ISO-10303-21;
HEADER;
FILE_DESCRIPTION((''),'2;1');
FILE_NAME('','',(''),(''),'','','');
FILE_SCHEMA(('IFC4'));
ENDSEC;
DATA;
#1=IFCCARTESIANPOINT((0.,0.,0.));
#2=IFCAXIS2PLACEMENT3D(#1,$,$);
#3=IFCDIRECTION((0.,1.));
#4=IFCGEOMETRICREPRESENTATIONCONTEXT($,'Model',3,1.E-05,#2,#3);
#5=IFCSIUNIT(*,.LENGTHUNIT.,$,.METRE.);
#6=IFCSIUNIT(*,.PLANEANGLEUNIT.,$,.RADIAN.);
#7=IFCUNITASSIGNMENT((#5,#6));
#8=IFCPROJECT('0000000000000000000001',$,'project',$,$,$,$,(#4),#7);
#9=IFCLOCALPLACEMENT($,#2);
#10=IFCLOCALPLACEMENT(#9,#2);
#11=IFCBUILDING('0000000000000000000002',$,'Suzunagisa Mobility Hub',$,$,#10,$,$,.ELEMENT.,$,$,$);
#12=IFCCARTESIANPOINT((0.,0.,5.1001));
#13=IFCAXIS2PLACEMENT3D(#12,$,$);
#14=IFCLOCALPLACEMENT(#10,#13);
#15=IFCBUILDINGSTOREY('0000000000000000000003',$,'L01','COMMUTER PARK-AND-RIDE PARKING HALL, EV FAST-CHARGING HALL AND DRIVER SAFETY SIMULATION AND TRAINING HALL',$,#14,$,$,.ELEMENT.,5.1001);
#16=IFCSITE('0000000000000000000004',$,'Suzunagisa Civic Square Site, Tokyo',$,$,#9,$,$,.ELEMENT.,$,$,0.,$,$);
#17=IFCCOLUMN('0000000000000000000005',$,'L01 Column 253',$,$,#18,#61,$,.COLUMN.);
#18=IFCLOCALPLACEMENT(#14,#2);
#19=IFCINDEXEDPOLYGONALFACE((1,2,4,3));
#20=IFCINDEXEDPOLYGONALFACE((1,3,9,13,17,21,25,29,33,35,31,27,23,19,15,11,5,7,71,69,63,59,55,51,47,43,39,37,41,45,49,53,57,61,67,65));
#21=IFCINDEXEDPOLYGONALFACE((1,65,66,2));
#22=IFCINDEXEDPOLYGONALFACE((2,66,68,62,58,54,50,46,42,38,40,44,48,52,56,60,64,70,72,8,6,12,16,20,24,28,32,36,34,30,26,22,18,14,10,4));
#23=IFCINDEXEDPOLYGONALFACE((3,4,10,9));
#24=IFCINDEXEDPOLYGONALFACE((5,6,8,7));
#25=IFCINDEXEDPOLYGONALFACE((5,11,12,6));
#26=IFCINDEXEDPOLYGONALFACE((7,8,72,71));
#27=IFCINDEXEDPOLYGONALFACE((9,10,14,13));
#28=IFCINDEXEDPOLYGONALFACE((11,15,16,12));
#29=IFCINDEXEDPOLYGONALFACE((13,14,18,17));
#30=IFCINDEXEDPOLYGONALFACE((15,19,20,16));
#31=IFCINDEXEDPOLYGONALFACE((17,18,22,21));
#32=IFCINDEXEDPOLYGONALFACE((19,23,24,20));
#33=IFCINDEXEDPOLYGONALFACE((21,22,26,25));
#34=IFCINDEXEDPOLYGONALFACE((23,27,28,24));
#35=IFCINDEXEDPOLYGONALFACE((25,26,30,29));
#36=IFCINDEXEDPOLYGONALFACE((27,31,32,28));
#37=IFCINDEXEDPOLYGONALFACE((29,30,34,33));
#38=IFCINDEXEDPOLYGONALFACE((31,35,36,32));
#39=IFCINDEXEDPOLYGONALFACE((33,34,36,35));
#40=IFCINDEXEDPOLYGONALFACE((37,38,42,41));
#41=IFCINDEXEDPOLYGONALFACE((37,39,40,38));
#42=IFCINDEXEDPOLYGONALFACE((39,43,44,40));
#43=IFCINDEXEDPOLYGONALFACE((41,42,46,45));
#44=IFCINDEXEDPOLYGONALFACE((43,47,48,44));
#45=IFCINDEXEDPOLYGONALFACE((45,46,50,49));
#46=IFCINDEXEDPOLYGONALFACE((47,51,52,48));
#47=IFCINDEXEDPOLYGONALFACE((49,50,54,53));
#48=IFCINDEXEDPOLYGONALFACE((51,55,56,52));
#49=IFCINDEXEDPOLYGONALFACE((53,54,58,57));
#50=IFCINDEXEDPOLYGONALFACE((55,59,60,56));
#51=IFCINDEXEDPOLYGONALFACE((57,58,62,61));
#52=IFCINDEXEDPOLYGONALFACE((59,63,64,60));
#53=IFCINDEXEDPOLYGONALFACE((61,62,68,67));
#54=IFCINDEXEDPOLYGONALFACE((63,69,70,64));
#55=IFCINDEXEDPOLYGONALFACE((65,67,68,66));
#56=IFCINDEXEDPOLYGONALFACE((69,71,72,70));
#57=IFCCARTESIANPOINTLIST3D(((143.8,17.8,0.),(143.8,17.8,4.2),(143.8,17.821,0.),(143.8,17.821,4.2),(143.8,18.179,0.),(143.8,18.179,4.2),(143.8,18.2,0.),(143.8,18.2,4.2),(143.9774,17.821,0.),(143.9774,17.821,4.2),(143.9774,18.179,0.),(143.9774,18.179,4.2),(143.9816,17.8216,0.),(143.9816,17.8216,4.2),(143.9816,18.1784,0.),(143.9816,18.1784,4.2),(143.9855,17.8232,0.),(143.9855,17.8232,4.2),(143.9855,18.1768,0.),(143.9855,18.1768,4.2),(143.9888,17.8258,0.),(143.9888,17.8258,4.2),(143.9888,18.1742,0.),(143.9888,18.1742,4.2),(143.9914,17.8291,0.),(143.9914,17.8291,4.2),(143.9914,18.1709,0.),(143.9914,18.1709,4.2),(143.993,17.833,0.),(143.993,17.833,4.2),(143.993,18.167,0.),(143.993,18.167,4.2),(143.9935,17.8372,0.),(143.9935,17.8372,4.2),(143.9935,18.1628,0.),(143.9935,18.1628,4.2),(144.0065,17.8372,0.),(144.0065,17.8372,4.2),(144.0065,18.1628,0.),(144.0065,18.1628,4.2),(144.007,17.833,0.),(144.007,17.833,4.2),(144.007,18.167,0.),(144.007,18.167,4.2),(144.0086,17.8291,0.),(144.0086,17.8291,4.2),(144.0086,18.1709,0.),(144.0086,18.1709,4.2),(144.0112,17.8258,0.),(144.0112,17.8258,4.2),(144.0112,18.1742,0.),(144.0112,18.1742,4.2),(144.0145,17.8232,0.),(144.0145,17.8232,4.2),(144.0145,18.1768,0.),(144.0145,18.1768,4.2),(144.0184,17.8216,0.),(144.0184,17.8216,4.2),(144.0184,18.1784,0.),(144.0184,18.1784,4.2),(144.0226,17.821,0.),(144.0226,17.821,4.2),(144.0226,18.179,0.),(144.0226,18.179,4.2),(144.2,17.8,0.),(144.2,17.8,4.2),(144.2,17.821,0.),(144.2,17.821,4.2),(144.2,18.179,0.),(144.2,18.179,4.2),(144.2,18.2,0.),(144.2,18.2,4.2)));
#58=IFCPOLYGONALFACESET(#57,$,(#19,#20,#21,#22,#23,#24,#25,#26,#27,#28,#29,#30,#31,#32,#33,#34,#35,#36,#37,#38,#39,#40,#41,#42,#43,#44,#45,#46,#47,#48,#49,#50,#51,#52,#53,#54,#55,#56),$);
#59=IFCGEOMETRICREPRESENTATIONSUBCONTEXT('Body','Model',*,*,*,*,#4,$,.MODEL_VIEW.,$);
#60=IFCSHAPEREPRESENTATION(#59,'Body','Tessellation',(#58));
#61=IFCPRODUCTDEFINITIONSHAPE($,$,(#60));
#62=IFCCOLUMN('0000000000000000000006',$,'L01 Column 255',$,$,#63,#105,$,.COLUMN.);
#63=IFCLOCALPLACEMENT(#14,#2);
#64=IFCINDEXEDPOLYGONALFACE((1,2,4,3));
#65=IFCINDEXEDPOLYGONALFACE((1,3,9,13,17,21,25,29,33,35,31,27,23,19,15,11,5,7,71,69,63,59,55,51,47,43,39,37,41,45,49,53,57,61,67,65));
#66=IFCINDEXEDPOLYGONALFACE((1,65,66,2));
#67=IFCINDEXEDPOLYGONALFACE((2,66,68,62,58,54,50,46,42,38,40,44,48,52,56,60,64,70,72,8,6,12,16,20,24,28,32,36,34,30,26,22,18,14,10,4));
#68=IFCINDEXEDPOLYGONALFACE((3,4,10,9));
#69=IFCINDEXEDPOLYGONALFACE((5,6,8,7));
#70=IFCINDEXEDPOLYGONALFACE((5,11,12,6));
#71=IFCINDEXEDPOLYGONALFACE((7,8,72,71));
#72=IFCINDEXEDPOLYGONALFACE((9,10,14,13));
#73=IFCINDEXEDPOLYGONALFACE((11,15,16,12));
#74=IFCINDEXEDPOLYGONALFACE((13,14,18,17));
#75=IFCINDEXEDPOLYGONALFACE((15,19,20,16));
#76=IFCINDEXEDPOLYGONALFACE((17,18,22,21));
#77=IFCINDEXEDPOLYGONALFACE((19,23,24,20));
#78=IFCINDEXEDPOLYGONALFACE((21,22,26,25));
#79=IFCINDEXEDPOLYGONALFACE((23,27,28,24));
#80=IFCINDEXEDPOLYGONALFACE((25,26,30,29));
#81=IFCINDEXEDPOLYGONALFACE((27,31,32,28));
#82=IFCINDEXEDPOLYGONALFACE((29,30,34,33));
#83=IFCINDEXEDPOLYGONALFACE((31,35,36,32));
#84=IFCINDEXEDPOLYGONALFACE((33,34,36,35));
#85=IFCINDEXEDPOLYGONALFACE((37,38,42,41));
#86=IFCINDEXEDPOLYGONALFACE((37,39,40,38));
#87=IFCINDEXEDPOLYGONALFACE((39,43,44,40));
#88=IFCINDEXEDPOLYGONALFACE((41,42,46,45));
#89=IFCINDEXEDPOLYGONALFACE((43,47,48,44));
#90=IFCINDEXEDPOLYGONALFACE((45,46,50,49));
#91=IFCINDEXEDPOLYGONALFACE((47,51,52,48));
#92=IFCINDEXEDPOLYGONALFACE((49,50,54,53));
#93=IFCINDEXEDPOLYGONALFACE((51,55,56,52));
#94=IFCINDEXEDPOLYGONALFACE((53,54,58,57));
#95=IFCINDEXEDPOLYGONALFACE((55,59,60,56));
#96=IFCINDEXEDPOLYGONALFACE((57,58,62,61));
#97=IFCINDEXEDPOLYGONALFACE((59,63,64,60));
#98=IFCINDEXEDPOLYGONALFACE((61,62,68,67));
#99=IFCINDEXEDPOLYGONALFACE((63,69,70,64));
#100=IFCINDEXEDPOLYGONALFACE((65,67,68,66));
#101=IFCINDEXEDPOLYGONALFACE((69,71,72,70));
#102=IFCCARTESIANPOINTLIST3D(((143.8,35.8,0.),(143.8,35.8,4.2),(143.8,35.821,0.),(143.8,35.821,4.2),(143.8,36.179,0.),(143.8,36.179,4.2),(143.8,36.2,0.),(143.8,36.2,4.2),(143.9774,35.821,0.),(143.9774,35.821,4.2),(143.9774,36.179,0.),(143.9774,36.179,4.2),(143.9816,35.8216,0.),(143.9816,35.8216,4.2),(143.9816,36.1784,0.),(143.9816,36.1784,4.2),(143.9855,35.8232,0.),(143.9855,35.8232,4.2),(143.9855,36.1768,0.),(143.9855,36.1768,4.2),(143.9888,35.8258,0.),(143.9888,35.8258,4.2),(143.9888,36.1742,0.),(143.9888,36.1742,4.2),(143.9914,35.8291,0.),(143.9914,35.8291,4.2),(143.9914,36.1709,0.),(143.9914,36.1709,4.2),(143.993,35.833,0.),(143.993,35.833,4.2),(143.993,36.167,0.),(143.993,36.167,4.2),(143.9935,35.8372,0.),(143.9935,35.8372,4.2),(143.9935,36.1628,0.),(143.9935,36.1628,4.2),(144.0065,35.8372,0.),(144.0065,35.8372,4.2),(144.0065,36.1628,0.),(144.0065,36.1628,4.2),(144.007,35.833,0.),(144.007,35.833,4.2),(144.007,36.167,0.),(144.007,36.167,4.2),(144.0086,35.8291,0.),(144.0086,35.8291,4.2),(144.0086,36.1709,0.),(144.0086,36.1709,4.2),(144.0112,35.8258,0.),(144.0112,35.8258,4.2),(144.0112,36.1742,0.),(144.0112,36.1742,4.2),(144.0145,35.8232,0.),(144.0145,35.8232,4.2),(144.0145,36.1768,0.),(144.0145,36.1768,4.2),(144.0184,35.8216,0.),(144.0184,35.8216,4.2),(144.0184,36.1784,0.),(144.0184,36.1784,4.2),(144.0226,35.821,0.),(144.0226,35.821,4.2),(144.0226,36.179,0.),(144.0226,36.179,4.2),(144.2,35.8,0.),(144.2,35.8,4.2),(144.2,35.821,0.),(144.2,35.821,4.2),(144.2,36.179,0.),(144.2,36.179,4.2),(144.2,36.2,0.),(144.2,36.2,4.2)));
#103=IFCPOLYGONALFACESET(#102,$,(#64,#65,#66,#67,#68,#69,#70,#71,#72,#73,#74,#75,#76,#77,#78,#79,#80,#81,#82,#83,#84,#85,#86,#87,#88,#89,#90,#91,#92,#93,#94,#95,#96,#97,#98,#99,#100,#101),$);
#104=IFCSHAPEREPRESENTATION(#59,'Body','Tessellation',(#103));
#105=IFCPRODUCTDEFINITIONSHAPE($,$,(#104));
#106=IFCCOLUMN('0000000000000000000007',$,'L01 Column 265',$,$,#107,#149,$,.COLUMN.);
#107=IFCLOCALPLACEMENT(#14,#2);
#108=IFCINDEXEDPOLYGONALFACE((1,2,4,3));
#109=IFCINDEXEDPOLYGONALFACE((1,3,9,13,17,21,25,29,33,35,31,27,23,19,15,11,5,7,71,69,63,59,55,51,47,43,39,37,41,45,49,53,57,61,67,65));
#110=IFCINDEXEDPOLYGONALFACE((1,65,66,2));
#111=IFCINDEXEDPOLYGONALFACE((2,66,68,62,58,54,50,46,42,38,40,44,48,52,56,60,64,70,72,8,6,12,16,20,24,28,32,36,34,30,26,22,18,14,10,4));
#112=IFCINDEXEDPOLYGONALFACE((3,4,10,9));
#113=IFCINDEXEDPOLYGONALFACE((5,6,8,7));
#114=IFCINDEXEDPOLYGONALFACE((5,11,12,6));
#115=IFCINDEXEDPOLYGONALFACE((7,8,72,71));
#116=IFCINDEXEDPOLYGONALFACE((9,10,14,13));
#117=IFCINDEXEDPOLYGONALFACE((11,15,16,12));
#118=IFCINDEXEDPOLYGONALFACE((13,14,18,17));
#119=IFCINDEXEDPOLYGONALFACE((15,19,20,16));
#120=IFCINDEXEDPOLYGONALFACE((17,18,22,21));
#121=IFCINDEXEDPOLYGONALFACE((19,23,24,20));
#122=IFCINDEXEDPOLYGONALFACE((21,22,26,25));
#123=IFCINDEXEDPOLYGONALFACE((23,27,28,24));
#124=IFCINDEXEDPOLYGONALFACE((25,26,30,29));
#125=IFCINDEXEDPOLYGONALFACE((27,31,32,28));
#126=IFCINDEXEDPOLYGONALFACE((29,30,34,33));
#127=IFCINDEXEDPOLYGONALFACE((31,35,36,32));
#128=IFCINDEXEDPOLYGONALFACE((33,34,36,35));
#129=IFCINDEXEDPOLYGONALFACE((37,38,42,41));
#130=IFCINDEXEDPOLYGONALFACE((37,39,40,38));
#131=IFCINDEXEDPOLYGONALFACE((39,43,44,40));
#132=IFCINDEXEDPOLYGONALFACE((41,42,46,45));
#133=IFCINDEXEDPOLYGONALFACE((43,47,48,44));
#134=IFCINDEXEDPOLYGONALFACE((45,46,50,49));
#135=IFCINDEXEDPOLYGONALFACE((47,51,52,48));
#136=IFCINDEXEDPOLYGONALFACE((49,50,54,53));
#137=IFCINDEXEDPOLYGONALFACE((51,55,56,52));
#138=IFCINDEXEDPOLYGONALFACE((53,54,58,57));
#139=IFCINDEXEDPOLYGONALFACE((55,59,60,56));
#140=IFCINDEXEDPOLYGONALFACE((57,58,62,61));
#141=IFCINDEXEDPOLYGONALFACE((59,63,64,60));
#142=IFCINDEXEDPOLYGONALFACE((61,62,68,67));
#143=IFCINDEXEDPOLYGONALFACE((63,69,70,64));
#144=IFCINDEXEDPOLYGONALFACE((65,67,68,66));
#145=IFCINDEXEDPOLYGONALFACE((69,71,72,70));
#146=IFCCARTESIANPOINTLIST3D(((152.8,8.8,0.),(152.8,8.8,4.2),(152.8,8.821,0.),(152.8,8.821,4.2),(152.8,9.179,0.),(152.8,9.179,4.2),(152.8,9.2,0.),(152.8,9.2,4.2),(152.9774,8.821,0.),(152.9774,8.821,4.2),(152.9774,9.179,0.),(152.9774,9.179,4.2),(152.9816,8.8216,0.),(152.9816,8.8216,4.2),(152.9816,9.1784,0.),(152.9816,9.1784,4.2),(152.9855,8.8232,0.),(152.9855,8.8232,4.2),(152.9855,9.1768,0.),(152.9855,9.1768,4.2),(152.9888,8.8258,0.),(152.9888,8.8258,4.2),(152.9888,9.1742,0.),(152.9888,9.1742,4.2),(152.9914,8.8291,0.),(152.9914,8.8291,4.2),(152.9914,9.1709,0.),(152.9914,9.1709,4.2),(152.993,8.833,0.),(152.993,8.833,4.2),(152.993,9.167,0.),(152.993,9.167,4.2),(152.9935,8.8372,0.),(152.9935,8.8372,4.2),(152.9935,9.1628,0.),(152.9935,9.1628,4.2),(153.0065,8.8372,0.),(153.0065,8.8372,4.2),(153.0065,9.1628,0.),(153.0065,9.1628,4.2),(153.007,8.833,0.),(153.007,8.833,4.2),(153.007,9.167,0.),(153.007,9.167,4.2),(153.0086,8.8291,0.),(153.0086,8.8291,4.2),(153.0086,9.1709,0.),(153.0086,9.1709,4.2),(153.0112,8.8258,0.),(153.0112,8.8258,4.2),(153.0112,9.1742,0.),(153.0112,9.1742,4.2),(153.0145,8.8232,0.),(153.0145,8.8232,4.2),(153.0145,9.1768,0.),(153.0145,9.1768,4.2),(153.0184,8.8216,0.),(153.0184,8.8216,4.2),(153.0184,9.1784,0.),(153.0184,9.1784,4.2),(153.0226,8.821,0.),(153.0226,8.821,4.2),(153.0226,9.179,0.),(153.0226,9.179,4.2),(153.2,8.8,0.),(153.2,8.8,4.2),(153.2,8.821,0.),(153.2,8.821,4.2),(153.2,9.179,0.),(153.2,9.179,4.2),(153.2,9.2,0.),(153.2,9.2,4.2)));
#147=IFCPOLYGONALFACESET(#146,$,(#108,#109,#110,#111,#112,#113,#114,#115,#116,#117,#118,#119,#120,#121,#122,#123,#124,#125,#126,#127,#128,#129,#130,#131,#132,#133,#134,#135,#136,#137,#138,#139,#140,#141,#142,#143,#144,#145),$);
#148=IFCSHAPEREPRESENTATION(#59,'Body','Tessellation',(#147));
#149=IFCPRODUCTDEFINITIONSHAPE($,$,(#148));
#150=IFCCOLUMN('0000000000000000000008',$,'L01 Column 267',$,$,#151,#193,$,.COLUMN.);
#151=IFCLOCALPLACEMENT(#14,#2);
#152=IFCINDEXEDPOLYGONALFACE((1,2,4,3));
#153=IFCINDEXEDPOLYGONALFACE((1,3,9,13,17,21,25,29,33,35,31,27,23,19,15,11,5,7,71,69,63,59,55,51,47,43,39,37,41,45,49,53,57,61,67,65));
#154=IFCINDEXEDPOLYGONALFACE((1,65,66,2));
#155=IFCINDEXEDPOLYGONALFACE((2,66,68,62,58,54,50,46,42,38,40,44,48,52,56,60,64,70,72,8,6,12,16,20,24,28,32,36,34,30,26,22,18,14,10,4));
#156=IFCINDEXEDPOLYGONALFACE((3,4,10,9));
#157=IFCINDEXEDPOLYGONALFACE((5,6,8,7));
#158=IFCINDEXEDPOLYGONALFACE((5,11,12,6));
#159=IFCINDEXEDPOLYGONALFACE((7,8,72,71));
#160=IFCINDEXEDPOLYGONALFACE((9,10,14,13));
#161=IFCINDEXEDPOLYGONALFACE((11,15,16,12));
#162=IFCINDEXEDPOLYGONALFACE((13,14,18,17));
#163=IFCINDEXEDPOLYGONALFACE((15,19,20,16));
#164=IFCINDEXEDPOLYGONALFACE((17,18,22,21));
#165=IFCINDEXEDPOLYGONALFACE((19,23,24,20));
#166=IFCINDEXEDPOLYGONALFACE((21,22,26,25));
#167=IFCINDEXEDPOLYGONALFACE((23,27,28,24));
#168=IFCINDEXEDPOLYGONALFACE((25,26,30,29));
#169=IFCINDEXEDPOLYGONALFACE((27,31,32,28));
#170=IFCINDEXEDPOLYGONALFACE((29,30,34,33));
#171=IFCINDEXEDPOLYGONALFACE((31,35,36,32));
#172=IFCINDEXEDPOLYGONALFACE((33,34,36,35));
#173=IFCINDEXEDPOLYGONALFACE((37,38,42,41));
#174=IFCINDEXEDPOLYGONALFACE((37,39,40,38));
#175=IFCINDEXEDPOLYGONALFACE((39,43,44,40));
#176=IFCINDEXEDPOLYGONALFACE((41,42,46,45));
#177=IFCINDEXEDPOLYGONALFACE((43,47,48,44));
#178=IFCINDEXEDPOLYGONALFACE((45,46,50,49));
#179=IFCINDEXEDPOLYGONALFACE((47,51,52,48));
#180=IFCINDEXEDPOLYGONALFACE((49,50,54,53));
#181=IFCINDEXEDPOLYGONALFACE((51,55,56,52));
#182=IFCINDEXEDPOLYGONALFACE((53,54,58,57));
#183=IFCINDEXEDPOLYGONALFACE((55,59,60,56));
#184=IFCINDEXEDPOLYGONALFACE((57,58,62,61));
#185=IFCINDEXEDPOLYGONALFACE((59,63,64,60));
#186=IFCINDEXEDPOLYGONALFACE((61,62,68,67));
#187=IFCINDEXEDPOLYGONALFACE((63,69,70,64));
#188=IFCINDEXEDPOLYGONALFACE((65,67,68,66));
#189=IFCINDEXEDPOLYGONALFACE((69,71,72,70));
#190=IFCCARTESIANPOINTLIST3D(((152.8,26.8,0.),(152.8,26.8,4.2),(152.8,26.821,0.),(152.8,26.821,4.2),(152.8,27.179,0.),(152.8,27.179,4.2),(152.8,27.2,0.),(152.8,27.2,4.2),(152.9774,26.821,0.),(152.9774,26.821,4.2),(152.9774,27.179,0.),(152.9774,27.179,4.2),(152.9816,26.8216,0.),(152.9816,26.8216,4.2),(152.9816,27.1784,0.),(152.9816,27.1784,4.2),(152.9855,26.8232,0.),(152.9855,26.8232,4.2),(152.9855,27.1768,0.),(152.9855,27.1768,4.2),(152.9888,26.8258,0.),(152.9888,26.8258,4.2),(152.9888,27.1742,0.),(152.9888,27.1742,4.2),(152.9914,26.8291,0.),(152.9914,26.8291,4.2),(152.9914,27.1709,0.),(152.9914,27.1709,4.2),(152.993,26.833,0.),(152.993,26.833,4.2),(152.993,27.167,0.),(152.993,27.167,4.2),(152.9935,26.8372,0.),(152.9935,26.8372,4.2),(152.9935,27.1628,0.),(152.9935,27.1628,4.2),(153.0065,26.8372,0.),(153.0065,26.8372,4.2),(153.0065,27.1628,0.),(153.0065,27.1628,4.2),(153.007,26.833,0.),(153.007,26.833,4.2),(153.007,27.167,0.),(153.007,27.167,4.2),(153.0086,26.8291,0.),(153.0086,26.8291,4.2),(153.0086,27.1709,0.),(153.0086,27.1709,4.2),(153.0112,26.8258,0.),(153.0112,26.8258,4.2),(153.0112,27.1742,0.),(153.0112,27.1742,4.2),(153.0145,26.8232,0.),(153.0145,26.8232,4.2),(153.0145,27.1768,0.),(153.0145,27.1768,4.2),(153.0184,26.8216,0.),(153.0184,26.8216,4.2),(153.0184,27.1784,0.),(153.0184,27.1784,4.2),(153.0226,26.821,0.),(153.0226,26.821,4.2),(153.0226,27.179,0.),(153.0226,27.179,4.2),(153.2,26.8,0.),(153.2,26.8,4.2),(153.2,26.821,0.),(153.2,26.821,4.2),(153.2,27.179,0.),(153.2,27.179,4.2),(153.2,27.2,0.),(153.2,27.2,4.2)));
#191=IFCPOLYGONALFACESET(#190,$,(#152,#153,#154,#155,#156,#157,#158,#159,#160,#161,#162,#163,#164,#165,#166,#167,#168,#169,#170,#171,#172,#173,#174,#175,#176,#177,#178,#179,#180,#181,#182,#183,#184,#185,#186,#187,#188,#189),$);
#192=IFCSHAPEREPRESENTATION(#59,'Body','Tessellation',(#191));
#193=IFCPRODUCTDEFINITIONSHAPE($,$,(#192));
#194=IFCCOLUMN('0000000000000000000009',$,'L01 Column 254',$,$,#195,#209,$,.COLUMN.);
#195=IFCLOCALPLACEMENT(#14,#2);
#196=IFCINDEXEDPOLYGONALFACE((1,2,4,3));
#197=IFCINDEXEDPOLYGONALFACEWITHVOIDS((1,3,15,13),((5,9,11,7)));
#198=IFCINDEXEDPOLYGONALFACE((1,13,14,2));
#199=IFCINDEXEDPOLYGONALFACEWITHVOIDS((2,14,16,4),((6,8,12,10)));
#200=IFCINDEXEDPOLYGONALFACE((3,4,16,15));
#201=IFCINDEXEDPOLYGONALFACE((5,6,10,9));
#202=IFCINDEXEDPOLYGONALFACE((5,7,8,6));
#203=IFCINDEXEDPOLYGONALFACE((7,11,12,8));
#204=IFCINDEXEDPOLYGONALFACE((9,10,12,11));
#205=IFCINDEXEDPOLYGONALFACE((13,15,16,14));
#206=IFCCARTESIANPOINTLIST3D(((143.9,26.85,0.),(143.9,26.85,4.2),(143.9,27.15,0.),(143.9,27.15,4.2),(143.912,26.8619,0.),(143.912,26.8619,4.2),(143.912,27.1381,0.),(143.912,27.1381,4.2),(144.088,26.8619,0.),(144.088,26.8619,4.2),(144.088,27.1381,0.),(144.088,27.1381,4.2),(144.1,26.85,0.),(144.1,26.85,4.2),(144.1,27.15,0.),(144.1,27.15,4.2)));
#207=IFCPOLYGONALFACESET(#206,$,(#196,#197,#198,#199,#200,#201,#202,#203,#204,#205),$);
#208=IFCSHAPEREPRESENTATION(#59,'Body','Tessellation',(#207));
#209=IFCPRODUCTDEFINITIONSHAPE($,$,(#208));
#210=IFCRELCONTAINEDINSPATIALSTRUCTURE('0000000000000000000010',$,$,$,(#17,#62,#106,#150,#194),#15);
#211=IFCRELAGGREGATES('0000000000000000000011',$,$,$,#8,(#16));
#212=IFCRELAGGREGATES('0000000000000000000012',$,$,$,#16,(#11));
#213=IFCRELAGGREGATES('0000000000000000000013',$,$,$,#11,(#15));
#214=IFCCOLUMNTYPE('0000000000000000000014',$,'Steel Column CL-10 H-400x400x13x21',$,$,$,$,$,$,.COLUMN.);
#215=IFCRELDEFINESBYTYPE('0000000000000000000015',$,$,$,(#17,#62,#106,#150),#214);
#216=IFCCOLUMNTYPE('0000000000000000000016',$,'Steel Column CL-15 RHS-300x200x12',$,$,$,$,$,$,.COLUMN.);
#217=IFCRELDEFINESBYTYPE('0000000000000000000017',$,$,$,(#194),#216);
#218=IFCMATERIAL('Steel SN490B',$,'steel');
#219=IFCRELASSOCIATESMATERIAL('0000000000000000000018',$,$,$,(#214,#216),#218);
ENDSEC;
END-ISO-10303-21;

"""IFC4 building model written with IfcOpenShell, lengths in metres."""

from ifc_helpers import new_model, si_unit, direction, frame, origin, origin_2d, place, context, subcontext, project, spatial, hollow_rectangle, i_section, extrude, material, material_profile, profile_set, type_object, element, save


model = new_model("IFC4")

# Units and contexts
model_context = context("Model", 3, precision=1e-05, world=origin(), true_north=direction((0.0, 1.0)))
body_context = subcontext(model_context, "Body", "Model", "MODEL_VIEW")
ifc_project = project(units=[si_unit("LENGTHUNIT", "METRE"), si_unit("PLANEANGLEUNIT", "RADIAN")], contexts=[model_context])

# Site, building, storey
site_placement = place(None, origin())
site = spatial("IfcSite", under=ifc_project, at=site_placement, Name="Suzunagisa Civic Square Site, Tokyo", CompositionType="ELEMENT", RefElevation=0.0)
building_placement = place(site_placement, origin())
building = spatial("IfcBuilding", under=site, at=building_placement, Name="Suzunagisa Mobility Hub", CompositionType="ELEMENT")
storey_placement = place(building_placement, frame((0.0, 0.0, 5.1001)))
storey = spatial("IfcBuildingStorey", under=building, at=storey_placement, Name="L01", Description="COMMUTER PARK-AND-RIDE PARKING HALL, EV FAST-CHARGING HALL AND DRIVER SAFETY SIMULATION AND TRAINING HALL", CompositionType="ELEMENT", Elevation=5.1001)

# Columns
ifc_material_1 = material(Name="Steel SN490B", Category="steel")
ifc_material_profile_1 = material_profile(ifc_material_1, i_section(OverallWidth=0.3999, OverallDepth=0.3999, WebThickness=0.0129, FlangeThickness=0.021, FilletRadius=0.0161, at=origin_2d()), Name="H-400x400x13x21")
ifc_profile_set_1 = profile_set([ifc_material_profile_1], Name="Steel SN490B")
column_type_1 = type_object("IfcColumnType", Name="Steel Column CL-10 H-400x400x13x21", PredefinedType="COLUMN", material=ifc_profile_set_1)
for number, where, z_axis, x_axis, name in (
    (1, (144.0, 18.0, 0.0), (0.0, 0.0, 1.0), (1.0, 0.0, 0.0), "L01 Column 253"),
    (2, (144.0, 36.0, 0.0), (0.0, 0.0, 1.0), (1.0, 0.0, 0.0), "L01 Column 255"),
    (3, (153.0, 9.0, 0.0), (0.0, 0.0, 1.0), (1.0, 0.0, 0.0), "L01 Column 265"),
    (4, (153.0, 27.0, 0.0), (0.0, 0.0, 1.0), (1.0, 0.0, 0.0), "L01 Column 267"),
):
    element("IfcColumn", number, at=place(storey_placement, frame(where, z_axis=z_axis, x_axis=x_axis)), inside=storey, type_object=column_type_1, Name=name, PredefinedType="COLUMN", context=body_context, shape_type="SweptSolid", body=[
        extrude(i_section(OverallWidth=0.3999, OverallDepth=0.3999, WebThickness=0.0129, FlangeThickness=0.021, FilletRadius=0.0161, at=origin_2d()), origin(), (0.0, 0.0, 1.0), 4.2),
    ])
ifc_material_profile_2 = material_profile(ifc_material_1, hollow_rectangle(XDim=0.2, YDim=0.3, WallThickness=0.012, at=origin_2d()), Name="RHS-300x200x12")
ifc_profile_set_2 = profile_set([ifc_material_profile_2], Name="Steel SN490B")
column_type_2 = type_object("IfcColumnType", Name="Steel Column CL-15 RHS-300x200x12", PredefinedType="COLUMN", material=ifc_profile_set_2)
for number, where, z_axis, x_axis, name in (
    (5, (144.0, 27.0, 0.0), (0.0, 0.0, 1.0), (1.0, 0.0, 0.0), "L01 Column 254"),
):
    element("IfcColumn", number, at=place(storey_placement, frame(where, z_axis=z_axis, x_axis=x_axis)), inside=storey, type_object=column_type_2, Name=name, PredefinedType="COLUMN", context=body_context, shape_type="SweptSolid", body=[
        extrude(hollow_rectangle(XDim=0.2, YDim=0.3, WallThickness=0.012, at=origin_2d()), origin(), (0.0, 0.0, 1.0), 4.2),
    ])

save(model, "model.ifc")
